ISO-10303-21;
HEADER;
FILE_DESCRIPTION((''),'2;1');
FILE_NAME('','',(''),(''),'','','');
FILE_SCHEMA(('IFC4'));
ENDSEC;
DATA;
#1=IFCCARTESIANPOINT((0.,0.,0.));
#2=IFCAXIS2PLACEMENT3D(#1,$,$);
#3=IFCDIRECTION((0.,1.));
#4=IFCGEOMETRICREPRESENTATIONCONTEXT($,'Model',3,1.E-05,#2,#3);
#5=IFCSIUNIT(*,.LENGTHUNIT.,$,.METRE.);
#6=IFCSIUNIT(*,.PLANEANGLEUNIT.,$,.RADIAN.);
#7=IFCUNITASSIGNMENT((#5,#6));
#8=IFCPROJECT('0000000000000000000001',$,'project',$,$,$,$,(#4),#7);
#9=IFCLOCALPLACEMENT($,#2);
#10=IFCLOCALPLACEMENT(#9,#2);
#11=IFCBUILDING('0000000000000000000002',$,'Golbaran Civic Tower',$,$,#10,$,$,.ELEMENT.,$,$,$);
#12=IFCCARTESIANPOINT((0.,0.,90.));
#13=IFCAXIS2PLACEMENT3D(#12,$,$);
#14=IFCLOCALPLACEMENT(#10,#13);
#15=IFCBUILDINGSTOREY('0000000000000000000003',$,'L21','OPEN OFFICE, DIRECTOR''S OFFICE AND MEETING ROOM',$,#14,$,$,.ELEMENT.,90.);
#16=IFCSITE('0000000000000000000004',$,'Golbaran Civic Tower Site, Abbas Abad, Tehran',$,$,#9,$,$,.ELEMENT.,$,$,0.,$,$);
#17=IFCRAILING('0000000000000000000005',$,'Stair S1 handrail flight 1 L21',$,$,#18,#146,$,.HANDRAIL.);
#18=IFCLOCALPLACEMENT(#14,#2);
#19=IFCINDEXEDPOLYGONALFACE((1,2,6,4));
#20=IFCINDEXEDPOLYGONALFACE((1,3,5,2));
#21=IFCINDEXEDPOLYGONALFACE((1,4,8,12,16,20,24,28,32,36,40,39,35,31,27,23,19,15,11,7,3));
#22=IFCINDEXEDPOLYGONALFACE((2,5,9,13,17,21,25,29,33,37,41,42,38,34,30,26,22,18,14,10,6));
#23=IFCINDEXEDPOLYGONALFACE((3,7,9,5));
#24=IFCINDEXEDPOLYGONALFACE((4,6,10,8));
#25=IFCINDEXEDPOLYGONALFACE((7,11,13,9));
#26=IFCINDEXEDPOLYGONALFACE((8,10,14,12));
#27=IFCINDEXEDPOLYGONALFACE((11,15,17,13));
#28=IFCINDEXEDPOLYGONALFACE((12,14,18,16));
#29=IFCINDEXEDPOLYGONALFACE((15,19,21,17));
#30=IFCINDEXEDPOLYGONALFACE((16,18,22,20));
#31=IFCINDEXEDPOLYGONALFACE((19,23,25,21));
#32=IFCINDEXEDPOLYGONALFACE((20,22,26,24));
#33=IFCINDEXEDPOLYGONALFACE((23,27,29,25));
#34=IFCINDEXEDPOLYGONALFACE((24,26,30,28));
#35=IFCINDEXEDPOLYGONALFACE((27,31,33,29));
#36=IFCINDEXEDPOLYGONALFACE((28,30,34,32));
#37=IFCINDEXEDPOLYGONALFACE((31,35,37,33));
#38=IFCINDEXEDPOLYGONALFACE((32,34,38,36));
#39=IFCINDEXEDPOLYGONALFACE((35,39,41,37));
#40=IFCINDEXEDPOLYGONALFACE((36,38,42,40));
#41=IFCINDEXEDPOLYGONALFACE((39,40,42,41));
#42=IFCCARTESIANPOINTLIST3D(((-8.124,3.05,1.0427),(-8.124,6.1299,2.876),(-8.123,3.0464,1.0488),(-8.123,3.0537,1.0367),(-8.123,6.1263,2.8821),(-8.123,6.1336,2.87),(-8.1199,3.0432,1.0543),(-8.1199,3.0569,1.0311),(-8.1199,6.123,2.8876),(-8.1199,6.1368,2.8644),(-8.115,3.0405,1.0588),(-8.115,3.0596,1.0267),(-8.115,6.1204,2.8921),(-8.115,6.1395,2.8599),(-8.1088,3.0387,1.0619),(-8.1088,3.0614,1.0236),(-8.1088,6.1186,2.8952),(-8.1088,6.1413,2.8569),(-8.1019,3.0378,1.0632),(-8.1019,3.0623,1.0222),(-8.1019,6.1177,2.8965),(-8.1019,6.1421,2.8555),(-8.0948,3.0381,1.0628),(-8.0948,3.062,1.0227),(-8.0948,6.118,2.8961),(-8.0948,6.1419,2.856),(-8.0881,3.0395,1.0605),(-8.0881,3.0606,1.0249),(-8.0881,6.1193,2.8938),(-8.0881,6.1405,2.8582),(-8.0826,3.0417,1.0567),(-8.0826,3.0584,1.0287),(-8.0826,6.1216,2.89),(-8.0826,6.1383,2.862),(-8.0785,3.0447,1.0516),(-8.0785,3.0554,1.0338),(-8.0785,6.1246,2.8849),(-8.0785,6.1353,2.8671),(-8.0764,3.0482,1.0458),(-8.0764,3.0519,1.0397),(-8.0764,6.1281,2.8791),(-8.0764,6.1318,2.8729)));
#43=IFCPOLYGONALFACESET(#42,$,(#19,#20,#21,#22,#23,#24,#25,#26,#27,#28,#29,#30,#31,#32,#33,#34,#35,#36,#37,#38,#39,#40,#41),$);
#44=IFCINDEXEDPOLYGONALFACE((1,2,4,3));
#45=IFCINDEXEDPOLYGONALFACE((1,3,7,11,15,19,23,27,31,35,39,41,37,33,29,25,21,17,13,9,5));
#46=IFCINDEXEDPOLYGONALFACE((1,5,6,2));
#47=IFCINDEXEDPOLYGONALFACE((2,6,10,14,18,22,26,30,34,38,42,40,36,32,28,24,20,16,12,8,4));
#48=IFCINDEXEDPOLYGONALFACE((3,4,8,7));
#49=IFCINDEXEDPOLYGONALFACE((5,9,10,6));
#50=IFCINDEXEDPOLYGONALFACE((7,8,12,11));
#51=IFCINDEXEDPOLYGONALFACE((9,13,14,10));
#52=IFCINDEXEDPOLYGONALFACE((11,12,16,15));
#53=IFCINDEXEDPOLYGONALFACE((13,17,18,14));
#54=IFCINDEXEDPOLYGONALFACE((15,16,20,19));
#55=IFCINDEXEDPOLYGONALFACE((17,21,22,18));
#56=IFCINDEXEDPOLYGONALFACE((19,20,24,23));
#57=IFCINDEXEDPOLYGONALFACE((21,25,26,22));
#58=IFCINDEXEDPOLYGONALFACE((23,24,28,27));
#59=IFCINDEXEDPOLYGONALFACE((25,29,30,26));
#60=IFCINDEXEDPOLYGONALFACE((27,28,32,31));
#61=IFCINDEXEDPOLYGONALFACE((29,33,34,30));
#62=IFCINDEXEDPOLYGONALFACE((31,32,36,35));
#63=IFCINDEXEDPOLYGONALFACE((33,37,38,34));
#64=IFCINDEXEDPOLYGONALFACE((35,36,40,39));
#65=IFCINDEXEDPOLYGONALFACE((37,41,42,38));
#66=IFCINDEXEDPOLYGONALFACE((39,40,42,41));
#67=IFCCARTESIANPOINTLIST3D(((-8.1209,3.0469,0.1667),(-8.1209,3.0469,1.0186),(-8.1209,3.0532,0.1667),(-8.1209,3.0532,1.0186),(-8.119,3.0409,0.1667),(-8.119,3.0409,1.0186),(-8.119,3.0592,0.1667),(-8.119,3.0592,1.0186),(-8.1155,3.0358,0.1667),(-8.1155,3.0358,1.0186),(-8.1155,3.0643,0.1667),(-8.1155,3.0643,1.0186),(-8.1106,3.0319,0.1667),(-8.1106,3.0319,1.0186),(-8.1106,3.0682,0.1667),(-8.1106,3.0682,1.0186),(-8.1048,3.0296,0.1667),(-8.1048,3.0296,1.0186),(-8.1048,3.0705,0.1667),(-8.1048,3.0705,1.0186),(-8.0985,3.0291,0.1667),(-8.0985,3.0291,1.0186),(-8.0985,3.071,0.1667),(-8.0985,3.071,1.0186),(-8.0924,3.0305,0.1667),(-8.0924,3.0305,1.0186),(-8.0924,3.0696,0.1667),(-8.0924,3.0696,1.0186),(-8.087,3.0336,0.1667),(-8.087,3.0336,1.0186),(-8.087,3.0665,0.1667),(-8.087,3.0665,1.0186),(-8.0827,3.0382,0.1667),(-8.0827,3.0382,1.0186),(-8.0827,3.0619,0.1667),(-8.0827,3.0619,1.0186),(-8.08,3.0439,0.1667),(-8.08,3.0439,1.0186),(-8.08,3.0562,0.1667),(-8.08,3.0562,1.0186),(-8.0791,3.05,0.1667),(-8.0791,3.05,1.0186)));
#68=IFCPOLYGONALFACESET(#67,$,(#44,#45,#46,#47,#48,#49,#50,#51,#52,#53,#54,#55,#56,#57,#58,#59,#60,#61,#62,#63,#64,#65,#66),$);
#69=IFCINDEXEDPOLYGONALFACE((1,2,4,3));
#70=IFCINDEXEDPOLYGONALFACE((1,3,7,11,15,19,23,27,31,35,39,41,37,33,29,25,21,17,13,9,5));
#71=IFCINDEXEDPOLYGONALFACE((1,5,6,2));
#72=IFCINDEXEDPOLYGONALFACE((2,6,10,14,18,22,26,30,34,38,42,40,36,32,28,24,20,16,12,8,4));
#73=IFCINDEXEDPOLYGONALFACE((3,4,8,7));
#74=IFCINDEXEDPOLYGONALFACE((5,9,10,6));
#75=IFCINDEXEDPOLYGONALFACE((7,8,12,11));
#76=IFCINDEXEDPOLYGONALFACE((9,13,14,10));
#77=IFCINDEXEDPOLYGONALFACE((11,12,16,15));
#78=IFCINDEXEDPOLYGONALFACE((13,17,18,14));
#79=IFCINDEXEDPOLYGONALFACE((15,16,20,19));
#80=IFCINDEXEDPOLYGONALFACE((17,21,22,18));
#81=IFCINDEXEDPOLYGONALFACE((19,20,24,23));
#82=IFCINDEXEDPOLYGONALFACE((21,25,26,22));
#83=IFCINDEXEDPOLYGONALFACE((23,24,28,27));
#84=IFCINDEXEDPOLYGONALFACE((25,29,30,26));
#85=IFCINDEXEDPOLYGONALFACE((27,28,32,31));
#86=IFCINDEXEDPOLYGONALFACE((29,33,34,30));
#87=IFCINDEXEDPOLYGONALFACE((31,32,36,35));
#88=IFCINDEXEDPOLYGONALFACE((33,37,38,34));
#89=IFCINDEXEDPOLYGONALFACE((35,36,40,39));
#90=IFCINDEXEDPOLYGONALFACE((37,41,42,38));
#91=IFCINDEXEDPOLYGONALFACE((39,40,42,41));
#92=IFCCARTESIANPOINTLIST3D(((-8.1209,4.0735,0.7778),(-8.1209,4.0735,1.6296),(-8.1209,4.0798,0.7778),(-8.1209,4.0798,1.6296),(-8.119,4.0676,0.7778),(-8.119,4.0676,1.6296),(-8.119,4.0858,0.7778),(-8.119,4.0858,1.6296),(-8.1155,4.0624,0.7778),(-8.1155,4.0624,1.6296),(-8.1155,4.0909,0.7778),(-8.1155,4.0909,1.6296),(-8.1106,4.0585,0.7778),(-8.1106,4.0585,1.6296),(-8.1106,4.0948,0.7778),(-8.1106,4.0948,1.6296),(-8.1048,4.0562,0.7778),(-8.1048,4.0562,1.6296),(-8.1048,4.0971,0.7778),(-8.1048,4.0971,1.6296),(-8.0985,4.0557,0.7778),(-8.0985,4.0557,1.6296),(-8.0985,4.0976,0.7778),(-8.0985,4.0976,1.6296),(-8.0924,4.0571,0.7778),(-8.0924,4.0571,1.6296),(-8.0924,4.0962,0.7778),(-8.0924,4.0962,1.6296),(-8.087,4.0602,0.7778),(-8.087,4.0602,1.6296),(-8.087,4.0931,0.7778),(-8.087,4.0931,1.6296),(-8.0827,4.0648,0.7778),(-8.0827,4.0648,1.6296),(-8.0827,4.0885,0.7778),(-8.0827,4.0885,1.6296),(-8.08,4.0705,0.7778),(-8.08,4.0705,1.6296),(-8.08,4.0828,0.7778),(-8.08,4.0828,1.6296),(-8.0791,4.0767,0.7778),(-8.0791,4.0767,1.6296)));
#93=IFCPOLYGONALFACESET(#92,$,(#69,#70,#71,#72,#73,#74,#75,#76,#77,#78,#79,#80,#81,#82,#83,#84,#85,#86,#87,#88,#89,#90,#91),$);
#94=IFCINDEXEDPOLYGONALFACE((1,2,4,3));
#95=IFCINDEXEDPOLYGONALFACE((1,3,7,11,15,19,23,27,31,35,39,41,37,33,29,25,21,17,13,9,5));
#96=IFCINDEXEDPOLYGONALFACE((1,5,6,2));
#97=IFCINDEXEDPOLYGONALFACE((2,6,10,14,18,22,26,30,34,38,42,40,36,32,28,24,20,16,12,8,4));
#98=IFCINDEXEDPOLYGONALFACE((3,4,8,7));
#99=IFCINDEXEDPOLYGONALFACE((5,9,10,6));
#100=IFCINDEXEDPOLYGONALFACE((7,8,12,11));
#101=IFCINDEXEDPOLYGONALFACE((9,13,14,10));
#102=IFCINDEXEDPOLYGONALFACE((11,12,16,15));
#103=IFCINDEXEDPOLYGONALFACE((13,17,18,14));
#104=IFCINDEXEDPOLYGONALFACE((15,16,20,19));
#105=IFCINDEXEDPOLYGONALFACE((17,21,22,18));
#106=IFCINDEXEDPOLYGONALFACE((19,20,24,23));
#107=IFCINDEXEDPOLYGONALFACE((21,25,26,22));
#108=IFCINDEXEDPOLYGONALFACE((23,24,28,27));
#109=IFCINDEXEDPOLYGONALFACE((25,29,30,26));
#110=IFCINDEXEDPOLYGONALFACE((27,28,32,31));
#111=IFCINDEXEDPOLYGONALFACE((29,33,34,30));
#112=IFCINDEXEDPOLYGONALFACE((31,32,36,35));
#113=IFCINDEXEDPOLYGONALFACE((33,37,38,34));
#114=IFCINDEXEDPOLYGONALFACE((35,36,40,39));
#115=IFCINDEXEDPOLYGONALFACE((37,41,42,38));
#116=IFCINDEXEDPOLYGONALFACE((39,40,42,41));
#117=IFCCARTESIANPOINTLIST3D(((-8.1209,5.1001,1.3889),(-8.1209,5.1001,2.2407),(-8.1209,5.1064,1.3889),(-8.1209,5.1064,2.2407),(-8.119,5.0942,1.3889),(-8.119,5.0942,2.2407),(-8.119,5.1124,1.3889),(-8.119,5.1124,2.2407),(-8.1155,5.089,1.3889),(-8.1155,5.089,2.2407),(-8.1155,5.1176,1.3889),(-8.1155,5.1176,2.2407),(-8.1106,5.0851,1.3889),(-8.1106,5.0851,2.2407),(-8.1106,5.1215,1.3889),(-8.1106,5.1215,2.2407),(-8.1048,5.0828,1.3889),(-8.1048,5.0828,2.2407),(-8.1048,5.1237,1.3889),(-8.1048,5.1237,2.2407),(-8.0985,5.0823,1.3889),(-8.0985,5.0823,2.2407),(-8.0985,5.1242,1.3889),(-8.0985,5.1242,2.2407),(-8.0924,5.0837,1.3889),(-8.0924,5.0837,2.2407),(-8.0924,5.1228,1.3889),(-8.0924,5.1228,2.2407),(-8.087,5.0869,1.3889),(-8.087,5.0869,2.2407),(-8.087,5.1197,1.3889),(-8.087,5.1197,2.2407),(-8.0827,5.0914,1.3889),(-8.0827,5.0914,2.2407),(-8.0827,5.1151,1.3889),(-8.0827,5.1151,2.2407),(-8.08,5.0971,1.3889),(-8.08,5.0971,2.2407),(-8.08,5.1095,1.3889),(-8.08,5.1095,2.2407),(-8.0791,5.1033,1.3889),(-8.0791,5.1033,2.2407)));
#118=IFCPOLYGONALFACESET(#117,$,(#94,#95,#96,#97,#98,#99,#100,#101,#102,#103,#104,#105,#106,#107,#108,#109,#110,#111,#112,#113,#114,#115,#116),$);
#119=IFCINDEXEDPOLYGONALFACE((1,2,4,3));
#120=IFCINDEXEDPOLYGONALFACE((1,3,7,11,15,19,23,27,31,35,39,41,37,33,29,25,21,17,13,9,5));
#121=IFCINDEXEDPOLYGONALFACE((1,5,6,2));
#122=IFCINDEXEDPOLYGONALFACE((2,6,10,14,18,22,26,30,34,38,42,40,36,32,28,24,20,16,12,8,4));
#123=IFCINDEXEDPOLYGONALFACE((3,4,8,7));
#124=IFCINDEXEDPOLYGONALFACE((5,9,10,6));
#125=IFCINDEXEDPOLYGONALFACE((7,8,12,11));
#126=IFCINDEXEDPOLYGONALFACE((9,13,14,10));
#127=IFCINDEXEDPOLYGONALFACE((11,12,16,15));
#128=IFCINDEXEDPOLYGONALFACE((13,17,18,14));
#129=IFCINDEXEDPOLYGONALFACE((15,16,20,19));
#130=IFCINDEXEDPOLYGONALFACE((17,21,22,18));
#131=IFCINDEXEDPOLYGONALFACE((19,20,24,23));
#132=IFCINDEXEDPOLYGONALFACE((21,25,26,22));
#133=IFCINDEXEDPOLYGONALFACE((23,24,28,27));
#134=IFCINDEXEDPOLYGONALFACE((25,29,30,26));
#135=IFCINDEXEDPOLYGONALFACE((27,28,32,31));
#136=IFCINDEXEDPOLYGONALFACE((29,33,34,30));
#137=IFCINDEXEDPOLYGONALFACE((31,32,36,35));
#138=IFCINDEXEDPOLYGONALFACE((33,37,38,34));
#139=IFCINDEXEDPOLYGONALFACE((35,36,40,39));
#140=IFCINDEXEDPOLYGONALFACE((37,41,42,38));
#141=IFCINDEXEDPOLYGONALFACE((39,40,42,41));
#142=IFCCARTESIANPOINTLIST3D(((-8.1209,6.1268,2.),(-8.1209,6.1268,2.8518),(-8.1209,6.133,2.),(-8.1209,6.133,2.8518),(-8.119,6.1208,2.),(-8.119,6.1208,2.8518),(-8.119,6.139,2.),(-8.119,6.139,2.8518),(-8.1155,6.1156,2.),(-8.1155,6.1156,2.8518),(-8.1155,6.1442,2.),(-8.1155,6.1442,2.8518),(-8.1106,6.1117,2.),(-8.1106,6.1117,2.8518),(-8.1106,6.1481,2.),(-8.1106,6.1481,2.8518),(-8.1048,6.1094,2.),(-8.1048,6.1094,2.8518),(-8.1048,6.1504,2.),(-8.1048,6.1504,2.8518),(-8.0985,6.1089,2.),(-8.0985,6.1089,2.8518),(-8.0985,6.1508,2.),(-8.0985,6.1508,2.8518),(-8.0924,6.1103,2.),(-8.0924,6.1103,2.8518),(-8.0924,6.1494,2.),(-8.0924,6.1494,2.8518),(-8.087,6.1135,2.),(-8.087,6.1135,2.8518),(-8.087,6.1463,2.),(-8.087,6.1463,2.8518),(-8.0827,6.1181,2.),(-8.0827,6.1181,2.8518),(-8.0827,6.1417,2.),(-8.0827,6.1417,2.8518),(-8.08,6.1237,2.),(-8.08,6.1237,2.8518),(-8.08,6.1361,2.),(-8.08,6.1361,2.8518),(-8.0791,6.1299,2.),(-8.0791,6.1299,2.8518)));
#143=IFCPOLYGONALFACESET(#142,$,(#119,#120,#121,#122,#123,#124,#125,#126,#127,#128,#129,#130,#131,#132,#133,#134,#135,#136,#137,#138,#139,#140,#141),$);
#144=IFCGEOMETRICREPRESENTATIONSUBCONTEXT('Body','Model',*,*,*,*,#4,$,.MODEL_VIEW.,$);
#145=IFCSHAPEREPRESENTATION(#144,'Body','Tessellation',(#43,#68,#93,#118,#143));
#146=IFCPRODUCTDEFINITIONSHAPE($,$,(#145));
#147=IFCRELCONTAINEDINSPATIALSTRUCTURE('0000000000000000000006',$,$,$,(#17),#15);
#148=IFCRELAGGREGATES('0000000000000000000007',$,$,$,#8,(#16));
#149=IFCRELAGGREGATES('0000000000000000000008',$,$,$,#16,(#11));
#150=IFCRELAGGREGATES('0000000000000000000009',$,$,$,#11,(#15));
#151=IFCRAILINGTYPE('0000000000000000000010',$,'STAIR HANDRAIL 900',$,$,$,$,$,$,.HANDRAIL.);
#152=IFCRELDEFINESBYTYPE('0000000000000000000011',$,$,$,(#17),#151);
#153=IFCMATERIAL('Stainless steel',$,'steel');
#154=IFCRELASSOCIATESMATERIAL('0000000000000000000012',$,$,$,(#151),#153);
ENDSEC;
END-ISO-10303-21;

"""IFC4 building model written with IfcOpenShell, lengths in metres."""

from ifc_helpers import new_model, si_unit, direction, frame, origin, origin_2d, place, context, subcontext, project, spatial, circle, extrude, material, type_object, element, save


model = new_model("IFC4")

# Units and contexts
model_context = context("Model", 3, precision=1e-05, world=origin(), true_north=direction((0.0, 1.0)))
body_context = subcontext(model_context, "Body", "Model", "MODEL_VIEW")
ifc_project = project(units=[si_unit("LENGTHUNIT", "METRE"), si_unit("PLANEANGLEUNIT", "RADIAN")], contexts=[model_context])

# Site, building, storey
site_placement = place(None, origin())
site = spatial("IfcSite", under=ifc_project, at=site_placement, Name="Golbaran Civic Tower Site, Abbas Abad, Tehran", CompositionType="ELEMENT", RefElevation=0.0)
building_placement = place(site_placement, origin())
building = spatial("IfcBuilding", under=site, at=building_placement, Name="Golbaran Civic Tower", CompositionType="ELEMENT")
storey_placement = place(building_placement, frame((0.0, 0.0, 90.0)))
storey = spatial("IfcBuildingStorey", under=building, at=storey_placement, Name="L21", Description="OPEN OFFICE, DIRECTOR'S OFFICE AND MEETING ROOM", CompositionType="ELEMENT", Elevation=90.0)

# Shared definitions
ifc_material_1 = material(Name="Stainless steel", Category="steel")

# Railing
railing_type = type_object("IfcRailingType", Name="STAIR HANDRAIL 900", PredefinedType="HANDRAIL", material=ifc_material_1)
railing_1_placement = place(storey_placement, frame((-8.1001, 3.05, 0.1667)))
element("IfcRailing", 1, at=railing_1_placement, inside=storey, type_object=railing_type, Name="Stair S1 handrail flight 1 L21", PredefinedType="HANDRAIL", context=body_context, shape_type="SweptSolid", body=[
    extrude(circle(Radius=0.0239, at=origin_2d()), frame((0.0, 0.0, 0.876), z_axis=(0.0, 0.859291, 0.511487), x_axis=(-1.0, 0.0, 0.0)), (0.0, 0.0, 1.0), 3.5842),
    extrude(circle(Radius=0.021, at=origin_2d()), origin(), (0.0, 0.0, 1.0), 0.8518),
    extrude(circle(Radius=0.021, at=origin_2d()), frame((0.0, 1.0266, 0.6111)), (0.0, 0.0, 1.0), 0.8518),
    extrude(circle(Radius=0.021, at=origin_2d()), frame((0.0, 2.0532, 1.2222)), (0.0, 0.0, 1.0), 0.8518),
    extrude(circle(Radius=0.021, at=origin_2d()), frame((0.0, 3.0798, 1.8333)), (0.0, 0.0, 1.0), 0.8518),
])

save(model, "model.ifc")
